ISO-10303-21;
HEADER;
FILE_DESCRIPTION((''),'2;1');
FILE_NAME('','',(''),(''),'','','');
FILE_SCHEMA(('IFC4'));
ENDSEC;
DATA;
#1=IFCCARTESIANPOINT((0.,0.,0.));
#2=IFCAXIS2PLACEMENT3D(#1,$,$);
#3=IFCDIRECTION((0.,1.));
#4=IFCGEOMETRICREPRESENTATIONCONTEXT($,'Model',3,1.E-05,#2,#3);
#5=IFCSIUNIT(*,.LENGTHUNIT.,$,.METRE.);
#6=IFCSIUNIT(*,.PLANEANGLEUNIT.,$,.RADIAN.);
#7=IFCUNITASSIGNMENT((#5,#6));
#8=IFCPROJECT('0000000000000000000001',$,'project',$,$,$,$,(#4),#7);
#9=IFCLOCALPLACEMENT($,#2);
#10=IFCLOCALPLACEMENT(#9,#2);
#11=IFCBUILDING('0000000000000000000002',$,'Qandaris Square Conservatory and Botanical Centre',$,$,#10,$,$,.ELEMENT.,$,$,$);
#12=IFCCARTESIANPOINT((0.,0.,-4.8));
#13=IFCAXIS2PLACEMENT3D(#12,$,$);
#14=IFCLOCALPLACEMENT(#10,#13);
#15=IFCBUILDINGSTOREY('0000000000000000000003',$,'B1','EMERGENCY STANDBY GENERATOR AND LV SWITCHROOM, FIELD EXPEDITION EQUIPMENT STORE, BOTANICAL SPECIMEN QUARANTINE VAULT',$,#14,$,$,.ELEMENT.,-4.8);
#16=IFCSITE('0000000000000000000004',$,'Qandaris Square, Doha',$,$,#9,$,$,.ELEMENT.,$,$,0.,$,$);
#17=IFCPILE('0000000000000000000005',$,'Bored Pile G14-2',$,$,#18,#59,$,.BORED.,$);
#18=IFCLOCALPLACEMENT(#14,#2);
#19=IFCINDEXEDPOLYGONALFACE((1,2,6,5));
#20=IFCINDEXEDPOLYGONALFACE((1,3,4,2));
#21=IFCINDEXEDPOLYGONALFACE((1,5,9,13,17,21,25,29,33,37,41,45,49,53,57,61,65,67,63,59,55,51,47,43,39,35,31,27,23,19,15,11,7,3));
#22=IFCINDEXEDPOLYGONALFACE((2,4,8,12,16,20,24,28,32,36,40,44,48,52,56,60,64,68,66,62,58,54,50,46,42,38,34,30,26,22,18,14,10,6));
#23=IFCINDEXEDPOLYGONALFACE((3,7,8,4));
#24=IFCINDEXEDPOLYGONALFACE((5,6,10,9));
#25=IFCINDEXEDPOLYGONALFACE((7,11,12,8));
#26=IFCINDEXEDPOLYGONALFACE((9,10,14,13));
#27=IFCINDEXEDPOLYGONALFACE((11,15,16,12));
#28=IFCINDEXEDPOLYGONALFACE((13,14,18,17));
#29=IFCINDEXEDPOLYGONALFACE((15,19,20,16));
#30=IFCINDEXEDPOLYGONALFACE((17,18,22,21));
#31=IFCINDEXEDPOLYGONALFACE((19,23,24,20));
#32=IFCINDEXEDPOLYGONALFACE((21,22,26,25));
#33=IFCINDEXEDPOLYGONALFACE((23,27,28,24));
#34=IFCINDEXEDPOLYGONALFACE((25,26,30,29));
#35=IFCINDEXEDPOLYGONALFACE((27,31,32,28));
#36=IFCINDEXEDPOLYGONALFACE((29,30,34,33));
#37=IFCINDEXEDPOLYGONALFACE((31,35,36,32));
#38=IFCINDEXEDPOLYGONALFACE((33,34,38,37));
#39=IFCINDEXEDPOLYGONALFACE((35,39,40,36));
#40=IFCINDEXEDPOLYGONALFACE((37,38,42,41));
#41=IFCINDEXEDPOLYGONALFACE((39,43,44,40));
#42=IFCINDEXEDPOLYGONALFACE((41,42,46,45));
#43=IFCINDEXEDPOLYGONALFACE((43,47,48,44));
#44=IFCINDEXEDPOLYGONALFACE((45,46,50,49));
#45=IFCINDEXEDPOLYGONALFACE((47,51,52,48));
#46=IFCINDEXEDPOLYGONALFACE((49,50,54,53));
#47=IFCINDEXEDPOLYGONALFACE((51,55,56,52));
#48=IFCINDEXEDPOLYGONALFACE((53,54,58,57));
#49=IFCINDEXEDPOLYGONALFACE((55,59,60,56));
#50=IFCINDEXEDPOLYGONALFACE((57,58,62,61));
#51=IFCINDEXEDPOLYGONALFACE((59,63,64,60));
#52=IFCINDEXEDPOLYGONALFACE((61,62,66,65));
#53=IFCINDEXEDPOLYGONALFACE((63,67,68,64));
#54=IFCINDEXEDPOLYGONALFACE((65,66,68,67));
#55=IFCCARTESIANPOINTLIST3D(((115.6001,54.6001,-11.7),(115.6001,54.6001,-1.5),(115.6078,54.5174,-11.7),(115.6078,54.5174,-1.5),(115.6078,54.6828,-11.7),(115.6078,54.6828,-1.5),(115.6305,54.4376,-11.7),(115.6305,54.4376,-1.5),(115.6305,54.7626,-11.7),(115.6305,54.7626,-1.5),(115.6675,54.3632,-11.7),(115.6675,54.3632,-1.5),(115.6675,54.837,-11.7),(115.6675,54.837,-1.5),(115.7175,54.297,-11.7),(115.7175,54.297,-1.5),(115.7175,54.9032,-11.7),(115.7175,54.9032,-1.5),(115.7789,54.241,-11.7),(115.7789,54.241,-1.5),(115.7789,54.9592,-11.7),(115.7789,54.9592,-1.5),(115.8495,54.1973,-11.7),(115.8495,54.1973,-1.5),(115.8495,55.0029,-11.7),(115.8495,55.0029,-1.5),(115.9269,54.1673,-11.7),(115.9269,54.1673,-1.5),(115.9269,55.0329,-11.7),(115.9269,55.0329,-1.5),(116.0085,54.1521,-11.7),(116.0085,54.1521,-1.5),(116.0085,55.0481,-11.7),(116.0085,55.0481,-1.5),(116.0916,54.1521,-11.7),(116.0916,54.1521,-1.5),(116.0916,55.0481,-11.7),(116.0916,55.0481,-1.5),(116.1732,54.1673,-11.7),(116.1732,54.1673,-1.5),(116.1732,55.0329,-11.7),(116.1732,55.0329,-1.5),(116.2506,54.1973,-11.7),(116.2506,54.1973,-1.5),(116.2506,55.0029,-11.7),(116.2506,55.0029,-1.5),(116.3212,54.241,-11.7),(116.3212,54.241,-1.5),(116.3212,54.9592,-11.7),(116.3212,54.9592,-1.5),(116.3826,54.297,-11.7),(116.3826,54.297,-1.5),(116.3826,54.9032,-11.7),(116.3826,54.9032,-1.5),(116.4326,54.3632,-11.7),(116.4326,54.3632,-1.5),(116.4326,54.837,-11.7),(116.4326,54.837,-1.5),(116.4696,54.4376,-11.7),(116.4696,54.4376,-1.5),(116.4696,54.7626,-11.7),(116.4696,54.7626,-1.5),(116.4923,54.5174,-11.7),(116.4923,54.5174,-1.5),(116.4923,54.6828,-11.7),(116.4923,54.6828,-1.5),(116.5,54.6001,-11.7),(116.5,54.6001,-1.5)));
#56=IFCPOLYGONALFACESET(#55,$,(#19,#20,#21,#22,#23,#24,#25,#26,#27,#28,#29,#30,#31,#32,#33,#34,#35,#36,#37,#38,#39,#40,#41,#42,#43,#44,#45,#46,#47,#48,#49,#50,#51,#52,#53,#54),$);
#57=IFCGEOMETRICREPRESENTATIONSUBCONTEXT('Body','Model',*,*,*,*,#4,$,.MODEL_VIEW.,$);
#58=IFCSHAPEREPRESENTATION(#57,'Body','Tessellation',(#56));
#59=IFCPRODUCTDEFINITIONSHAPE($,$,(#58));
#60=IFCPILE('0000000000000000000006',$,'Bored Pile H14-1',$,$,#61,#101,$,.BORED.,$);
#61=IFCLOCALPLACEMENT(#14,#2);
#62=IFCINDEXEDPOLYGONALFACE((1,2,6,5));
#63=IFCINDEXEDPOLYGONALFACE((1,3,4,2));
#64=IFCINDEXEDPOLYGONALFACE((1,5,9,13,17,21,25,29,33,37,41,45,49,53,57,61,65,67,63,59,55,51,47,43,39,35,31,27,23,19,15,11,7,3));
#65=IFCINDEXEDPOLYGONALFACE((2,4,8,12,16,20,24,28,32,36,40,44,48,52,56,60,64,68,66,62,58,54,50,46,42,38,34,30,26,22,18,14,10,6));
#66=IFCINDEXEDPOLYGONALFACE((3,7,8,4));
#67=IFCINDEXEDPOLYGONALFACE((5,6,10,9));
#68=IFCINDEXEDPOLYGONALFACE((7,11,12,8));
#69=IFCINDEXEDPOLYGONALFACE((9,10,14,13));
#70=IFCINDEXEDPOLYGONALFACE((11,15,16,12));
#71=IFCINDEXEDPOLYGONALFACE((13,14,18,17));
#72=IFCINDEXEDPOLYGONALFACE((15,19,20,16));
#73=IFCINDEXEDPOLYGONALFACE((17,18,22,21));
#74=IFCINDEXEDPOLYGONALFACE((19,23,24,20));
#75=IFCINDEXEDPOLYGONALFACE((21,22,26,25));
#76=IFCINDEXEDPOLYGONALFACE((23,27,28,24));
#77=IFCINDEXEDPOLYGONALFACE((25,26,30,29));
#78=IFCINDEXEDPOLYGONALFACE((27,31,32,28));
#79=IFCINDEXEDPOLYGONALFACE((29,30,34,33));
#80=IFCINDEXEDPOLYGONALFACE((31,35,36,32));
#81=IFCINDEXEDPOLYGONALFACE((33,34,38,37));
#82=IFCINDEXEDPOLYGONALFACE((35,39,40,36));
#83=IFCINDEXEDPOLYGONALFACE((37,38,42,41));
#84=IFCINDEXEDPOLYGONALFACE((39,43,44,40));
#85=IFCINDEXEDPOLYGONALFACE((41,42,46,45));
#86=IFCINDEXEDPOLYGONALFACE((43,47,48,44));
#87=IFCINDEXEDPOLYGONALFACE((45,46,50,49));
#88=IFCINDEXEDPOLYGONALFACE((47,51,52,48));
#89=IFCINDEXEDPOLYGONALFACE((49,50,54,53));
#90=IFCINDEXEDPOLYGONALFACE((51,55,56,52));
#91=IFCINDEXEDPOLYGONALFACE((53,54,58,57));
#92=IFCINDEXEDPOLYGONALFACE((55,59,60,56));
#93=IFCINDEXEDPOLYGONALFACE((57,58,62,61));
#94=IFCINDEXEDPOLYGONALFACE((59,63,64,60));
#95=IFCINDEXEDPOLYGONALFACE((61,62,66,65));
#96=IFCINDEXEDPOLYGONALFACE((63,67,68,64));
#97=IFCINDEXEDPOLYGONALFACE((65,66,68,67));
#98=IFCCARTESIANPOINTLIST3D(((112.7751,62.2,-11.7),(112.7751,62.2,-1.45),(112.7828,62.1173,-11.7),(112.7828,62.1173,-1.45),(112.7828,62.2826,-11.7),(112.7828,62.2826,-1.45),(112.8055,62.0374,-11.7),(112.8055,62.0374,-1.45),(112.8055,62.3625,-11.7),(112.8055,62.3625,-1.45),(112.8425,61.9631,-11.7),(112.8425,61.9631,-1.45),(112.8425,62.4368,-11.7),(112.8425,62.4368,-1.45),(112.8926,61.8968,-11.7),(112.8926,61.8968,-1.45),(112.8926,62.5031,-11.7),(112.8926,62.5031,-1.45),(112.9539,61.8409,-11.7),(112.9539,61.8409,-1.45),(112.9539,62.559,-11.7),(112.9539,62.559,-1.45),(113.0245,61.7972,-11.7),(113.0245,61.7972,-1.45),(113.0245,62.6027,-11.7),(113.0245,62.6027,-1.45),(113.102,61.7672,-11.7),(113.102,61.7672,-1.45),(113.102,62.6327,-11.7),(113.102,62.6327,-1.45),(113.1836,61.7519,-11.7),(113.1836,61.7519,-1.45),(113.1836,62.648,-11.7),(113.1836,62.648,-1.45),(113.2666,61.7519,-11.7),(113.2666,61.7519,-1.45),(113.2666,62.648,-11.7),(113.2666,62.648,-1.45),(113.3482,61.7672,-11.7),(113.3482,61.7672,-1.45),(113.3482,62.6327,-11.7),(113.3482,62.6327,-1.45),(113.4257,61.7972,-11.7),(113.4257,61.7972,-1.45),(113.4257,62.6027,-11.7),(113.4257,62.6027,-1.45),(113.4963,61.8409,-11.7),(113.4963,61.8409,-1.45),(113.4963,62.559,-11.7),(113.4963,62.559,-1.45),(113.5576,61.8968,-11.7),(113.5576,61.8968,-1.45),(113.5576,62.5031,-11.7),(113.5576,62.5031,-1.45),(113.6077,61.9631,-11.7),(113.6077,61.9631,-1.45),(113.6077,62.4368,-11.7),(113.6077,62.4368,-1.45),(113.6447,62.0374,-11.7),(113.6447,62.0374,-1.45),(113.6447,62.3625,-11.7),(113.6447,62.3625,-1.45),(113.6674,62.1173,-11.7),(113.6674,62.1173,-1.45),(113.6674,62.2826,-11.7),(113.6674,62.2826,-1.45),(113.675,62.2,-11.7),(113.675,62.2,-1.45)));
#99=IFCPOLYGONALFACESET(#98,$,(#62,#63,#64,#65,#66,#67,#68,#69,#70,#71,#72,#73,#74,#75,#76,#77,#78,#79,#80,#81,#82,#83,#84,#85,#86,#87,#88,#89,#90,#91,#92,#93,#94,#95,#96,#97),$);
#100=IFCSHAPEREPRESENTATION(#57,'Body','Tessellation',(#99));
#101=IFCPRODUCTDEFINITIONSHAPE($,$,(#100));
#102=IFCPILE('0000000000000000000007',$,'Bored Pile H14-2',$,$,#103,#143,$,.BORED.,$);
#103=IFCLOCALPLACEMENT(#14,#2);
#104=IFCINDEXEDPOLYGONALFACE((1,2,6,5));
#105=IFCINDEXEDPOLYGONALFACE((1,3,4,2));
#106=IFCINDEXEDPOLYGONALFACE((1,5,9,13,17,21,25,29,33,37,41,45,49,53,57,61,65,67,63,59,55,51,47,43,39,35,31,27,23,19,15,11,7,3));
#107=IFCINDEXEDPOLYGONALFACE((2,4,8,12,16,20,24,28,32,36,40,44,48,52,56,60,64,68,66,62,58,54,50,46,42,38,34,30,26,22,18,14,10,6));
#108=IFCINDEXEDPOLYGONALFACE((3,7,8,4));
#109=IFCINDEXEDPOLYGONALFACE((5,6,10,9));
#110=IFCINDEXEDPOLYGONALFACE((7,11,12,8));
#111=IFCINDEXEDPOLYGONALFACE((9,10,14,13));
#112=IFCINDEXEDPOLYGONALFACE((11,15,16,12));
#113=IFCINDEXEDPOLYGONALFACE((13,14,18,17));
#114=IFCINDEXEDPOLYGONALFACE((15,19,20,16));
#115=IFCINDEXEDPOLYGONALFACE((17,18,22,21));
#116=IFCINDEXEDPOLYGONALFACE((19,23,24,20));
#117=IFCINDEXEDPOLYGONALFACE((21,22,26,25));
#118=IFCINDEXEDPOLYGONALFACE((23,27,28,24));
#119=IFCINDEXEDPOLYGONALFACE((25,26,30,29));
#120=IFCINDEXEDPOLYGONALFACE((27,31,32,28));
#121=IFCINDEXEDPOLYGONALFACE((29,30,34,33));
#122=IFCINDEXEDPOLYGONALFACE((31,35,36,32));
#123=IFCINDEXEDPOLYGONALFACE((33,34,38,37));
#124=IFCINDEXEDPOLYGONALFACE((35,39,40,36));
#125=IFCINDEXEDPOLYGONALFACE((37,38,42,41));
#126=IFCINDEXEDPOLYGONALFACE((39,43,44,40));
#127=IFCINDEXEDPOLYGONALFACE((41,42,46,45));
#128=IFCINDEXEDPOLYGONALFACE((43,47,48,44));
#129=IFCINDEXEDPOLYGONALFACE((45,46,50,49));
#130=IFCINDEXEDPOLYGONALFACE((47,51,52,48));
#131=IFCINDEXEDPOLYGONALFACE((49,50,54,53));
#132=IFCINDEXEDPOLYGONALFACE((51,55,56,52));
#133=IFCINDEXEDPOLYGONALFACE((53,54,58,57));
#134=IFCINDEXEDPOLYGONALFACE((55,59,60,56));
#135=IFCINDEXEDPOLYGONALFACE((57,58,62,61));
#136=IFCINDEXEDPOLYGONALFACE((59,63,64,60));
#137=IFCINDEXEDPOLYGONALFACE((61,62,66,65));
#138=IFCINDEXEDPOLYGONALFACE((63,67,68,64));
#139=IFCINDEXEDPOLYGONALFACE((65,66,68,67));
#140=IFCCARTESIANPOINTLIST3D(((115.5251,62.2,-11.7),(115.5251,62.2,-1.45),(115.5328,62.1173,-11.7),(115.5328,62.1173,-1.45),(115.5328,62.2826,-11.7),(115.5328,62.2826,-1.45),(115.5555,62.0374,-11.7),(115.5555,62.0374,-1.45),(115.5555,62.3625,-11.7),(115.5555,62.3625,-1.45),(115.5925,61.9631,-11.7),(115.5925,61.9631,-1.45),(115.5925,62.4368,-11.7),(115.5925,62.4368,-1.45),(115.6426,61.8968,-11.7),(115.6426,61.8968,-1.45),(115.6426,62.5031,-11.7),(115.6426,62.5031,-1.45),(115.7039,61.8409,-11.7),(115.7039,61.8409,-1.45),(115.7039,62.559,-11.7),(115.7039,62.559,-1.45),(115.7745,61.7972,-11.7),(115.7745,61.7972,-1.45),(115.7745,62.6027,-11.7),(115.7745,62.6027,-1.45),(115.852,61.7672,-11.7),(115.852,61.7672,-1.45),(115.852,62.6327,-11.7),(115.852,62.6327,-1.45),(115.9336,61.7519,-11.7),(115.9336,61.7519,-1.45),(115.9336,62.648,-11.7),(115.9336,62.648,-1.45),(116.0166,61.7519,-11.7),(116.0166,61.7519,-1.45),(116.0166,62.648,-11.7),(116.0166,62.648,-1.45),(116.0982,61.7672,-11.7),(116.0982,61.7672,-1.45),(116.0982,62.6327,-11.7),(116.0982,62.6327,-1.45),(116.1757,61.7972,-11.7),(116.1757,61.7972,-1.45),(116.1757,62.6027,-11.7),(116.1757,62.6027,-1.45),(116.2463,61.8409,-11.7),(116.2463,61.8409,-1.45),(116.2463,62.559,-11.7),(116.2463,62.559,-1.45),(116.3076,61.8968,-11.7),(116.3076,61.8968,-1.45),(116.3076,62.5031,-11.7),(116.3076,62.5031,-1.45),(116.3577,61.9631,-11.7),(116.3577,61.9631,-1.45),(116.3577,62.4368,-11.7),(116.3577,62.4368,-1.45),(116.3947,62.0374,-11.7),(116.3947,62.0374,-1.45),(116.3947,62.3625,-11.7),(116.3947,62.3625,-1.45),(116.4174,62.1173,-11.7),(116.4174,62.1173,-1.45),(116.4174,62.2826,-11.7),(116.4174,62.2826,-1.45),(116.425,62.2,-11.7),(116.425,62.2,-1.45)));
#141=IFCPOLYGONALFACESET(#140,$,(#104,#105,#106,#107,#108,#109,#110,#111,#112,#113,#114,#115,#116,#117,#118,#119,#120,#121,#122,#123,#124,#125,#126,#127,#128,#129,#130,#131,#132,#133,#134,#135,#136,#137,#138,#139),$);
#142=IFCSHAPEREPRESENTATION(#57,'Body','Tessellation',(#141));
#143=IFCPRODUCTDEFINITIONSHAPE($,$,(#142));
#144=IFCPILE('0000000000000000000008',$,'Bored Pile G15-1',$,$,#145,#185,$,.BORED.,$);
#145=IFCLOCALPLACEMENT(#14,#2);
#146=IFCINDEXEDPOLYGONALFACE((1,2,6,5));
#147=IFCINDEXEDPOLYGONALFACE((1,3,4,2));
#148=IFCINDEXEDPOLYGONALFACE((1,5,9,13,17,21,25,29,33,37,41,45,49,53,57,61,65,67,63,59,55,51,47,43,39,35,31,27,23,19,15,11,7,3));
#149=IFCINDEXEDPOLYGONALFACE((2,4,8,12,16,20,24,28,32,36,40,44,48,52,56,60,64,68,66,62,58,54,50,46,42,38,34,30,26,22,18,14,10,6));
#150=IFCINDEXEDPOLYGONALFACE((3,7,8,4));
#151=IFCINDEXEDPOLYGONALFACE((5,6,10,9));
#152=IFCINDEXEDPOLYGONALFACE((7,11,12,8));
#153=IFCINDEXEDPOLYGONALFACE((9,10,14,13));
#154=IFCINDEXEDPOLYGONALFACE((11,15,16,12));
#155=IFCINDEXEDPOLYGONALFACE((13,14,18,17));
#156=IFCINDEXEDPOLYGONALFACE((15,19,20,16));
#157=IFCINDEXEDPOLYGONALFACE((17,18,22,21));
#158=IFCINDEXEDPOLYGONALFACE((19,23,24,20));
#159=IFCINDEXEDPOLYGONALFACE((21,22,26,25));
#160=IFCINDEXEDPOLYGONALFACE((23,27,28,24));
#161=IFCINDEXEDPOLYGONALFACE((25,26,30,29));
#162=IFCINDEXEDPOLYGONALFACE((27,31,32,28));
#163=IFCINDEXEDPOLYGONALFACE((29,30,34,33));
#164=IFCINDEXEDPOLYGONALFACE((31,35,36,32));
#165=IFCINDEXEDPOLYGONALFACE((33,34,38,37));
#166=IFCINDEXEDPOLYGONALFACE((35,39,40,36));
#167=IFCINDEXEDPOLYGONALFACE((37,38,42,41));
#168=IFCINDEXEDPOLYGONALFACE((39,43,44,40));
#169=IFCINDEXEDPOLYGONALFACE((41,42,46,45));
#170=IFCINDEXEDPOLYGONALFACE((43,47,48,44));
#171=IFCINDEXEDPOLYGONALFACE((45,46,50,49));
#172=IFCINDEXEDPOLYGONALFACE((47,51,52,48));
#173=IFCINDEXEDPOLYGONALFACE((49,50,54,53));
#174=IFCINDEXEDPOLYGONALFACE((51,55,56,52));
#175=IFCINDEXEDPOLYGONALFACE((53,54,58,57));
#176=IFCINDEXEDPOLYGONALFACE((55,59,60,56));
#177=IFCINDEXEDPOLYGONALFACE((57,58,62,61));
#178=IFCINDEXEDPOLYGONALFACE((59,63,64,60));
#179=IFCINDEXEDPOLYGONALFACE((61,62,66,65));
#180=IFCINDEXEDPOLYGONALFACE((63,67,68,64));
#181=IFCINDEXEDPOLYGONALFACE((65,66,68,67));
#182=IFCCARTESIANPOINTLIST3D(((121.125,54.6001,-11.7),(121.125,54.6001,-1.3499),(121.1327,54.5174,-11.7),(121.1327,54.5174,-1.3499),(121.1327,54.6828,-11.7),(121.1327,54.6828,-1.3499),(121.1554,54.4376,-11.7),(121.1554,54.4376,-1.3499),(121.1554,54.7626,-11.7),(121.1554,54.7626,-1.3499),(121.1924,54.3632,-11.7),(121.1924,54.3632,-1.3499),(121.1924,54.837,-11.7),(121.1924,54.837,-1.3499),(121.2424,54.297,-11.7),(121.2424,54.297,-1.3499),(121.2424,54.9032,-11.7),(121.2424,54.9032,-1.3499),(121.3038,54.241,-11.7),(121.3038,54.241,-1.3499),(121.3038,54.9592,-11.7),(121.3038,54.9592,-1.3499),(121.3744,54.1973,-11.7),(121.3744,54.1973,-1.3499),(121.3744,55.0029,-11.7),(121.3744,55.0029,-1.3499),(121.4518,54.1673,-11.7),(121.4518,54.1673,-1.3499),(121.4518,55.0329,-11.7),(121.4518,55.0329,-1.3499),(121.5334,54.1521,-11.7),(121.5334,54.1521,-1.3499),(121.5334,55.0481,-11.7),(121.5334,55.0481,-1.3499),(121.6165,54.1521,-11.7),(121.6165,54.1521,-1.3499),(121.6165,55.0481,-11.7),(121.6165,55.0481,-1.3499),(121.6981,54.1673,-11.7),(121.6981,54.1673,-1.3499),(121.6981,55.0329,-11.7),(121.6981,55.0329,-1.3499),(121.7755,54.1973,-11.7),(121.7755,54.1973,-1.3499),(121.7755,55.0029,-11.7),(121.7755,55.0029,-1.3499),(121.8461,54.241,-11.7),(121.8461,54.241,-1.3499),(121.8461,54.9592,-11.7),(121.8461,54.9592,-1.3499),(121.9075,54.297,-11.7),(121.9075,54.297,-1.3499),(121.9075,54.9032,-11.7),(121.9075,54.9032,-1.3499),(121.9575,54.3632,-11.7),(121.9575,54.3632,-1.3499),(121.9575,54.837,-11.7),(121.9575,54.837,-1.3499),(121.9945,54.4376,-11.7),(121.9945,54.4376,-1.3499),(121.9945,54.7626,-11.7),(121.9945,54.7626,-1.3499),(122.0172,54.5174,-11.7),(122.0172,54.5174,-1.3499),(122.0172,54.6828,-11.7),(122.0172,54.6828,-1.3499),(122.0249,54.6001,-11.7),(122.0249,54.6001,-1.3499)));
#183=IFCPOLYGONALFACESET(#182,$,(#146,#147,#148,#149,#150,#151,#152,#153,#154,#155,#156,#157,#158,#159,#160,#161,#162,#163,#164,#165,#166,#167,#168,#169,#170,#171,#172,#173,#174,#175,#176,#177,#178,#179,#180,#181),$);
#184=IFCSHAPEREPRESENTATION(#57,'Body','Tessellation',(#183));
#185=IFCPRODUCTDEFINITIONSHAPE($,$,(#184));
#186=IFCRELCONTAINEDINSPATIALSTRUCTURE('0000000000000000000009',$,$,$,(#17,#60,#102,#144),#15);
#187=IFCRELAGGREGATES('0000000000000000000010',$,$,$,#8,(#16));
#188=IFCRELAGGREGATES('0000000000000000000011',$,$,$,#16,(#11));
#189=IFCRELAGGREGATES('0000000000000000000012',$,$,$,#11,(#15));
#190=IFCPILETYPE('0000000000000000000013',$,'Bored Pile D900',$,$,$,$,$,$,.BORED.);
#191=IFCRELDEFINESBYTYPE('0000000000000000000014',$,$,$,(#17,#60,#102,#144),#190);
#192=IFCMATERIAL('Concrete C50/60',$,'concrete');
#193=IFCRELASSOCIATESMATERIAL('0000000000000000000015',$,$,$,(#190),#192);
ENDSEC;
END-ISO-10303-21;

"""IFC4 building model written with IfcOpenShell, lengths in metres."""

from ifc_helpers import new_model, si_unit, direction, frame, origin, origin_2d, place, context, subcontext, project, spatial, circle, extrude, material, material_profile, profile_set, type_object, element, save


model = new_model("IFC4")

# Units and contexts
model_context = context("Model", 3, precision=1e-05, world=origin(), true_north=direction((0.0, 1.0)))
body_context = subcontext(model_context, "Body", "Model", "MODEL_VIEW")
ifc_project = project(units=[si_unit("LENGTHUNIT", "METRE"), si_unit("PLANEANGLEUNIT", "RADIAN")], contexts=[model_context])

# Site, building, storey
site_placement = place(None, origin())
site = spatial("IfcSite", under=ifc_project, at=site_placement, Name="Qandaris Square, Doha", CompositionType="ELEMENT", RefElevation=0.0)
building_placement = place(site_placement, origin())
building = spatial("IfcBuilding", under=site, at=building_placement, Name="Qandaris Square Conservatory and Botanical Centre", CompositionType="ELEMENT")
storey_placement = place(building_placement, frame((0.0, 0.0, -4.8)))
storey = spatial("IfcBuildingStorey", under=building, at=storey_placement, Name="B1", Description="EMERGENCY STANDBY GENERATOR AND LV SWITCHROOM, FIELD EXPEDITION EQUIPMENT STORE, BOTANICAL SPECIMEN QUARANTINE VAULT", CompositionType="ELEMENT", Elevation=-4.8)

# Piles
ifc_material_1 = material(Name="Concrete C50/60", Category="concrete")
ifc_material_profile_1 = material_profile(ifc_material_1, circle(Radius=0.45, at=origin_2d()), Name="PILE D900")
ifc_profile_set_1 = profile_set([ifc_material_profile_1], Name="Concrete C50/60")
pile_type = type_object("IfcPileType", Name="Bored Pile D900", PredefinedType="BORED", material=ifc_profile_set_1)
pile_1_placement = place(storey_placement, frame((116.05, 54.6001, -1.5), z_axis=(0.0, 0.0, -1.0), x_axis=(1.0, 0.0, 0.0)))
element("IfcPile", 1, at=pile_1_placement, inside=storey, type_object=pile_type, Name="Bored Pile G14-2", PredefinedType="BORED", context=body_context, shape_type="SweptSolid", body=[
    extrude(circle(Radius=0.45, at=origin_2d()), origin(), (0.0, 0.0, 1.0), 10.2),
])
for number, where, z_axis, x_axis, name in (
    (2, (113.2251, 62.2, -1.45), (0.0, 0.0, -1.0), (1.0, 0.0, 0.0), "Bored Pile H14-1"),
    (3, (115.9751, 62.2, -1.45), (0.0, 0.0, -1.0), (1.0, 0.0, 0.0), "Bored Pile H14-2"),
):
    element("IfcPile", number, at=place(storey_placement, frame(where, z_axis=z_axis, x_axis=x_axis)), inside=storey, type_object=pile_type, Name=name, PredefinedType="BORED", context=body_context, shape_type="SweptSolid", body=[
        extrude(circle(Radius=0.45, at=origin_2d()), origin(), (0.0, 0.0, 1.0), 10.25),
    ])
pile_2_placement = place(storey_placement, frame((121.575, 54.6001, -1.3499), z_axis=(0.0, 0.0, -1.0), x_axis=(1.0, 0.0, 0.0)))
element("IfcPile", 4, at=pile_2_placement, inside=storey, type_object=pile_type, Name="Bored Pile G15-1", PredefinedType="BORED", context=body_context, shape_type="SweptSolid", body=[
    extrude(circle(Radius=0.45, at=origin_2d()), origin(), (0.0, 0.0, 1.0), 10.3501),
])

save(model, "model.ifc")
